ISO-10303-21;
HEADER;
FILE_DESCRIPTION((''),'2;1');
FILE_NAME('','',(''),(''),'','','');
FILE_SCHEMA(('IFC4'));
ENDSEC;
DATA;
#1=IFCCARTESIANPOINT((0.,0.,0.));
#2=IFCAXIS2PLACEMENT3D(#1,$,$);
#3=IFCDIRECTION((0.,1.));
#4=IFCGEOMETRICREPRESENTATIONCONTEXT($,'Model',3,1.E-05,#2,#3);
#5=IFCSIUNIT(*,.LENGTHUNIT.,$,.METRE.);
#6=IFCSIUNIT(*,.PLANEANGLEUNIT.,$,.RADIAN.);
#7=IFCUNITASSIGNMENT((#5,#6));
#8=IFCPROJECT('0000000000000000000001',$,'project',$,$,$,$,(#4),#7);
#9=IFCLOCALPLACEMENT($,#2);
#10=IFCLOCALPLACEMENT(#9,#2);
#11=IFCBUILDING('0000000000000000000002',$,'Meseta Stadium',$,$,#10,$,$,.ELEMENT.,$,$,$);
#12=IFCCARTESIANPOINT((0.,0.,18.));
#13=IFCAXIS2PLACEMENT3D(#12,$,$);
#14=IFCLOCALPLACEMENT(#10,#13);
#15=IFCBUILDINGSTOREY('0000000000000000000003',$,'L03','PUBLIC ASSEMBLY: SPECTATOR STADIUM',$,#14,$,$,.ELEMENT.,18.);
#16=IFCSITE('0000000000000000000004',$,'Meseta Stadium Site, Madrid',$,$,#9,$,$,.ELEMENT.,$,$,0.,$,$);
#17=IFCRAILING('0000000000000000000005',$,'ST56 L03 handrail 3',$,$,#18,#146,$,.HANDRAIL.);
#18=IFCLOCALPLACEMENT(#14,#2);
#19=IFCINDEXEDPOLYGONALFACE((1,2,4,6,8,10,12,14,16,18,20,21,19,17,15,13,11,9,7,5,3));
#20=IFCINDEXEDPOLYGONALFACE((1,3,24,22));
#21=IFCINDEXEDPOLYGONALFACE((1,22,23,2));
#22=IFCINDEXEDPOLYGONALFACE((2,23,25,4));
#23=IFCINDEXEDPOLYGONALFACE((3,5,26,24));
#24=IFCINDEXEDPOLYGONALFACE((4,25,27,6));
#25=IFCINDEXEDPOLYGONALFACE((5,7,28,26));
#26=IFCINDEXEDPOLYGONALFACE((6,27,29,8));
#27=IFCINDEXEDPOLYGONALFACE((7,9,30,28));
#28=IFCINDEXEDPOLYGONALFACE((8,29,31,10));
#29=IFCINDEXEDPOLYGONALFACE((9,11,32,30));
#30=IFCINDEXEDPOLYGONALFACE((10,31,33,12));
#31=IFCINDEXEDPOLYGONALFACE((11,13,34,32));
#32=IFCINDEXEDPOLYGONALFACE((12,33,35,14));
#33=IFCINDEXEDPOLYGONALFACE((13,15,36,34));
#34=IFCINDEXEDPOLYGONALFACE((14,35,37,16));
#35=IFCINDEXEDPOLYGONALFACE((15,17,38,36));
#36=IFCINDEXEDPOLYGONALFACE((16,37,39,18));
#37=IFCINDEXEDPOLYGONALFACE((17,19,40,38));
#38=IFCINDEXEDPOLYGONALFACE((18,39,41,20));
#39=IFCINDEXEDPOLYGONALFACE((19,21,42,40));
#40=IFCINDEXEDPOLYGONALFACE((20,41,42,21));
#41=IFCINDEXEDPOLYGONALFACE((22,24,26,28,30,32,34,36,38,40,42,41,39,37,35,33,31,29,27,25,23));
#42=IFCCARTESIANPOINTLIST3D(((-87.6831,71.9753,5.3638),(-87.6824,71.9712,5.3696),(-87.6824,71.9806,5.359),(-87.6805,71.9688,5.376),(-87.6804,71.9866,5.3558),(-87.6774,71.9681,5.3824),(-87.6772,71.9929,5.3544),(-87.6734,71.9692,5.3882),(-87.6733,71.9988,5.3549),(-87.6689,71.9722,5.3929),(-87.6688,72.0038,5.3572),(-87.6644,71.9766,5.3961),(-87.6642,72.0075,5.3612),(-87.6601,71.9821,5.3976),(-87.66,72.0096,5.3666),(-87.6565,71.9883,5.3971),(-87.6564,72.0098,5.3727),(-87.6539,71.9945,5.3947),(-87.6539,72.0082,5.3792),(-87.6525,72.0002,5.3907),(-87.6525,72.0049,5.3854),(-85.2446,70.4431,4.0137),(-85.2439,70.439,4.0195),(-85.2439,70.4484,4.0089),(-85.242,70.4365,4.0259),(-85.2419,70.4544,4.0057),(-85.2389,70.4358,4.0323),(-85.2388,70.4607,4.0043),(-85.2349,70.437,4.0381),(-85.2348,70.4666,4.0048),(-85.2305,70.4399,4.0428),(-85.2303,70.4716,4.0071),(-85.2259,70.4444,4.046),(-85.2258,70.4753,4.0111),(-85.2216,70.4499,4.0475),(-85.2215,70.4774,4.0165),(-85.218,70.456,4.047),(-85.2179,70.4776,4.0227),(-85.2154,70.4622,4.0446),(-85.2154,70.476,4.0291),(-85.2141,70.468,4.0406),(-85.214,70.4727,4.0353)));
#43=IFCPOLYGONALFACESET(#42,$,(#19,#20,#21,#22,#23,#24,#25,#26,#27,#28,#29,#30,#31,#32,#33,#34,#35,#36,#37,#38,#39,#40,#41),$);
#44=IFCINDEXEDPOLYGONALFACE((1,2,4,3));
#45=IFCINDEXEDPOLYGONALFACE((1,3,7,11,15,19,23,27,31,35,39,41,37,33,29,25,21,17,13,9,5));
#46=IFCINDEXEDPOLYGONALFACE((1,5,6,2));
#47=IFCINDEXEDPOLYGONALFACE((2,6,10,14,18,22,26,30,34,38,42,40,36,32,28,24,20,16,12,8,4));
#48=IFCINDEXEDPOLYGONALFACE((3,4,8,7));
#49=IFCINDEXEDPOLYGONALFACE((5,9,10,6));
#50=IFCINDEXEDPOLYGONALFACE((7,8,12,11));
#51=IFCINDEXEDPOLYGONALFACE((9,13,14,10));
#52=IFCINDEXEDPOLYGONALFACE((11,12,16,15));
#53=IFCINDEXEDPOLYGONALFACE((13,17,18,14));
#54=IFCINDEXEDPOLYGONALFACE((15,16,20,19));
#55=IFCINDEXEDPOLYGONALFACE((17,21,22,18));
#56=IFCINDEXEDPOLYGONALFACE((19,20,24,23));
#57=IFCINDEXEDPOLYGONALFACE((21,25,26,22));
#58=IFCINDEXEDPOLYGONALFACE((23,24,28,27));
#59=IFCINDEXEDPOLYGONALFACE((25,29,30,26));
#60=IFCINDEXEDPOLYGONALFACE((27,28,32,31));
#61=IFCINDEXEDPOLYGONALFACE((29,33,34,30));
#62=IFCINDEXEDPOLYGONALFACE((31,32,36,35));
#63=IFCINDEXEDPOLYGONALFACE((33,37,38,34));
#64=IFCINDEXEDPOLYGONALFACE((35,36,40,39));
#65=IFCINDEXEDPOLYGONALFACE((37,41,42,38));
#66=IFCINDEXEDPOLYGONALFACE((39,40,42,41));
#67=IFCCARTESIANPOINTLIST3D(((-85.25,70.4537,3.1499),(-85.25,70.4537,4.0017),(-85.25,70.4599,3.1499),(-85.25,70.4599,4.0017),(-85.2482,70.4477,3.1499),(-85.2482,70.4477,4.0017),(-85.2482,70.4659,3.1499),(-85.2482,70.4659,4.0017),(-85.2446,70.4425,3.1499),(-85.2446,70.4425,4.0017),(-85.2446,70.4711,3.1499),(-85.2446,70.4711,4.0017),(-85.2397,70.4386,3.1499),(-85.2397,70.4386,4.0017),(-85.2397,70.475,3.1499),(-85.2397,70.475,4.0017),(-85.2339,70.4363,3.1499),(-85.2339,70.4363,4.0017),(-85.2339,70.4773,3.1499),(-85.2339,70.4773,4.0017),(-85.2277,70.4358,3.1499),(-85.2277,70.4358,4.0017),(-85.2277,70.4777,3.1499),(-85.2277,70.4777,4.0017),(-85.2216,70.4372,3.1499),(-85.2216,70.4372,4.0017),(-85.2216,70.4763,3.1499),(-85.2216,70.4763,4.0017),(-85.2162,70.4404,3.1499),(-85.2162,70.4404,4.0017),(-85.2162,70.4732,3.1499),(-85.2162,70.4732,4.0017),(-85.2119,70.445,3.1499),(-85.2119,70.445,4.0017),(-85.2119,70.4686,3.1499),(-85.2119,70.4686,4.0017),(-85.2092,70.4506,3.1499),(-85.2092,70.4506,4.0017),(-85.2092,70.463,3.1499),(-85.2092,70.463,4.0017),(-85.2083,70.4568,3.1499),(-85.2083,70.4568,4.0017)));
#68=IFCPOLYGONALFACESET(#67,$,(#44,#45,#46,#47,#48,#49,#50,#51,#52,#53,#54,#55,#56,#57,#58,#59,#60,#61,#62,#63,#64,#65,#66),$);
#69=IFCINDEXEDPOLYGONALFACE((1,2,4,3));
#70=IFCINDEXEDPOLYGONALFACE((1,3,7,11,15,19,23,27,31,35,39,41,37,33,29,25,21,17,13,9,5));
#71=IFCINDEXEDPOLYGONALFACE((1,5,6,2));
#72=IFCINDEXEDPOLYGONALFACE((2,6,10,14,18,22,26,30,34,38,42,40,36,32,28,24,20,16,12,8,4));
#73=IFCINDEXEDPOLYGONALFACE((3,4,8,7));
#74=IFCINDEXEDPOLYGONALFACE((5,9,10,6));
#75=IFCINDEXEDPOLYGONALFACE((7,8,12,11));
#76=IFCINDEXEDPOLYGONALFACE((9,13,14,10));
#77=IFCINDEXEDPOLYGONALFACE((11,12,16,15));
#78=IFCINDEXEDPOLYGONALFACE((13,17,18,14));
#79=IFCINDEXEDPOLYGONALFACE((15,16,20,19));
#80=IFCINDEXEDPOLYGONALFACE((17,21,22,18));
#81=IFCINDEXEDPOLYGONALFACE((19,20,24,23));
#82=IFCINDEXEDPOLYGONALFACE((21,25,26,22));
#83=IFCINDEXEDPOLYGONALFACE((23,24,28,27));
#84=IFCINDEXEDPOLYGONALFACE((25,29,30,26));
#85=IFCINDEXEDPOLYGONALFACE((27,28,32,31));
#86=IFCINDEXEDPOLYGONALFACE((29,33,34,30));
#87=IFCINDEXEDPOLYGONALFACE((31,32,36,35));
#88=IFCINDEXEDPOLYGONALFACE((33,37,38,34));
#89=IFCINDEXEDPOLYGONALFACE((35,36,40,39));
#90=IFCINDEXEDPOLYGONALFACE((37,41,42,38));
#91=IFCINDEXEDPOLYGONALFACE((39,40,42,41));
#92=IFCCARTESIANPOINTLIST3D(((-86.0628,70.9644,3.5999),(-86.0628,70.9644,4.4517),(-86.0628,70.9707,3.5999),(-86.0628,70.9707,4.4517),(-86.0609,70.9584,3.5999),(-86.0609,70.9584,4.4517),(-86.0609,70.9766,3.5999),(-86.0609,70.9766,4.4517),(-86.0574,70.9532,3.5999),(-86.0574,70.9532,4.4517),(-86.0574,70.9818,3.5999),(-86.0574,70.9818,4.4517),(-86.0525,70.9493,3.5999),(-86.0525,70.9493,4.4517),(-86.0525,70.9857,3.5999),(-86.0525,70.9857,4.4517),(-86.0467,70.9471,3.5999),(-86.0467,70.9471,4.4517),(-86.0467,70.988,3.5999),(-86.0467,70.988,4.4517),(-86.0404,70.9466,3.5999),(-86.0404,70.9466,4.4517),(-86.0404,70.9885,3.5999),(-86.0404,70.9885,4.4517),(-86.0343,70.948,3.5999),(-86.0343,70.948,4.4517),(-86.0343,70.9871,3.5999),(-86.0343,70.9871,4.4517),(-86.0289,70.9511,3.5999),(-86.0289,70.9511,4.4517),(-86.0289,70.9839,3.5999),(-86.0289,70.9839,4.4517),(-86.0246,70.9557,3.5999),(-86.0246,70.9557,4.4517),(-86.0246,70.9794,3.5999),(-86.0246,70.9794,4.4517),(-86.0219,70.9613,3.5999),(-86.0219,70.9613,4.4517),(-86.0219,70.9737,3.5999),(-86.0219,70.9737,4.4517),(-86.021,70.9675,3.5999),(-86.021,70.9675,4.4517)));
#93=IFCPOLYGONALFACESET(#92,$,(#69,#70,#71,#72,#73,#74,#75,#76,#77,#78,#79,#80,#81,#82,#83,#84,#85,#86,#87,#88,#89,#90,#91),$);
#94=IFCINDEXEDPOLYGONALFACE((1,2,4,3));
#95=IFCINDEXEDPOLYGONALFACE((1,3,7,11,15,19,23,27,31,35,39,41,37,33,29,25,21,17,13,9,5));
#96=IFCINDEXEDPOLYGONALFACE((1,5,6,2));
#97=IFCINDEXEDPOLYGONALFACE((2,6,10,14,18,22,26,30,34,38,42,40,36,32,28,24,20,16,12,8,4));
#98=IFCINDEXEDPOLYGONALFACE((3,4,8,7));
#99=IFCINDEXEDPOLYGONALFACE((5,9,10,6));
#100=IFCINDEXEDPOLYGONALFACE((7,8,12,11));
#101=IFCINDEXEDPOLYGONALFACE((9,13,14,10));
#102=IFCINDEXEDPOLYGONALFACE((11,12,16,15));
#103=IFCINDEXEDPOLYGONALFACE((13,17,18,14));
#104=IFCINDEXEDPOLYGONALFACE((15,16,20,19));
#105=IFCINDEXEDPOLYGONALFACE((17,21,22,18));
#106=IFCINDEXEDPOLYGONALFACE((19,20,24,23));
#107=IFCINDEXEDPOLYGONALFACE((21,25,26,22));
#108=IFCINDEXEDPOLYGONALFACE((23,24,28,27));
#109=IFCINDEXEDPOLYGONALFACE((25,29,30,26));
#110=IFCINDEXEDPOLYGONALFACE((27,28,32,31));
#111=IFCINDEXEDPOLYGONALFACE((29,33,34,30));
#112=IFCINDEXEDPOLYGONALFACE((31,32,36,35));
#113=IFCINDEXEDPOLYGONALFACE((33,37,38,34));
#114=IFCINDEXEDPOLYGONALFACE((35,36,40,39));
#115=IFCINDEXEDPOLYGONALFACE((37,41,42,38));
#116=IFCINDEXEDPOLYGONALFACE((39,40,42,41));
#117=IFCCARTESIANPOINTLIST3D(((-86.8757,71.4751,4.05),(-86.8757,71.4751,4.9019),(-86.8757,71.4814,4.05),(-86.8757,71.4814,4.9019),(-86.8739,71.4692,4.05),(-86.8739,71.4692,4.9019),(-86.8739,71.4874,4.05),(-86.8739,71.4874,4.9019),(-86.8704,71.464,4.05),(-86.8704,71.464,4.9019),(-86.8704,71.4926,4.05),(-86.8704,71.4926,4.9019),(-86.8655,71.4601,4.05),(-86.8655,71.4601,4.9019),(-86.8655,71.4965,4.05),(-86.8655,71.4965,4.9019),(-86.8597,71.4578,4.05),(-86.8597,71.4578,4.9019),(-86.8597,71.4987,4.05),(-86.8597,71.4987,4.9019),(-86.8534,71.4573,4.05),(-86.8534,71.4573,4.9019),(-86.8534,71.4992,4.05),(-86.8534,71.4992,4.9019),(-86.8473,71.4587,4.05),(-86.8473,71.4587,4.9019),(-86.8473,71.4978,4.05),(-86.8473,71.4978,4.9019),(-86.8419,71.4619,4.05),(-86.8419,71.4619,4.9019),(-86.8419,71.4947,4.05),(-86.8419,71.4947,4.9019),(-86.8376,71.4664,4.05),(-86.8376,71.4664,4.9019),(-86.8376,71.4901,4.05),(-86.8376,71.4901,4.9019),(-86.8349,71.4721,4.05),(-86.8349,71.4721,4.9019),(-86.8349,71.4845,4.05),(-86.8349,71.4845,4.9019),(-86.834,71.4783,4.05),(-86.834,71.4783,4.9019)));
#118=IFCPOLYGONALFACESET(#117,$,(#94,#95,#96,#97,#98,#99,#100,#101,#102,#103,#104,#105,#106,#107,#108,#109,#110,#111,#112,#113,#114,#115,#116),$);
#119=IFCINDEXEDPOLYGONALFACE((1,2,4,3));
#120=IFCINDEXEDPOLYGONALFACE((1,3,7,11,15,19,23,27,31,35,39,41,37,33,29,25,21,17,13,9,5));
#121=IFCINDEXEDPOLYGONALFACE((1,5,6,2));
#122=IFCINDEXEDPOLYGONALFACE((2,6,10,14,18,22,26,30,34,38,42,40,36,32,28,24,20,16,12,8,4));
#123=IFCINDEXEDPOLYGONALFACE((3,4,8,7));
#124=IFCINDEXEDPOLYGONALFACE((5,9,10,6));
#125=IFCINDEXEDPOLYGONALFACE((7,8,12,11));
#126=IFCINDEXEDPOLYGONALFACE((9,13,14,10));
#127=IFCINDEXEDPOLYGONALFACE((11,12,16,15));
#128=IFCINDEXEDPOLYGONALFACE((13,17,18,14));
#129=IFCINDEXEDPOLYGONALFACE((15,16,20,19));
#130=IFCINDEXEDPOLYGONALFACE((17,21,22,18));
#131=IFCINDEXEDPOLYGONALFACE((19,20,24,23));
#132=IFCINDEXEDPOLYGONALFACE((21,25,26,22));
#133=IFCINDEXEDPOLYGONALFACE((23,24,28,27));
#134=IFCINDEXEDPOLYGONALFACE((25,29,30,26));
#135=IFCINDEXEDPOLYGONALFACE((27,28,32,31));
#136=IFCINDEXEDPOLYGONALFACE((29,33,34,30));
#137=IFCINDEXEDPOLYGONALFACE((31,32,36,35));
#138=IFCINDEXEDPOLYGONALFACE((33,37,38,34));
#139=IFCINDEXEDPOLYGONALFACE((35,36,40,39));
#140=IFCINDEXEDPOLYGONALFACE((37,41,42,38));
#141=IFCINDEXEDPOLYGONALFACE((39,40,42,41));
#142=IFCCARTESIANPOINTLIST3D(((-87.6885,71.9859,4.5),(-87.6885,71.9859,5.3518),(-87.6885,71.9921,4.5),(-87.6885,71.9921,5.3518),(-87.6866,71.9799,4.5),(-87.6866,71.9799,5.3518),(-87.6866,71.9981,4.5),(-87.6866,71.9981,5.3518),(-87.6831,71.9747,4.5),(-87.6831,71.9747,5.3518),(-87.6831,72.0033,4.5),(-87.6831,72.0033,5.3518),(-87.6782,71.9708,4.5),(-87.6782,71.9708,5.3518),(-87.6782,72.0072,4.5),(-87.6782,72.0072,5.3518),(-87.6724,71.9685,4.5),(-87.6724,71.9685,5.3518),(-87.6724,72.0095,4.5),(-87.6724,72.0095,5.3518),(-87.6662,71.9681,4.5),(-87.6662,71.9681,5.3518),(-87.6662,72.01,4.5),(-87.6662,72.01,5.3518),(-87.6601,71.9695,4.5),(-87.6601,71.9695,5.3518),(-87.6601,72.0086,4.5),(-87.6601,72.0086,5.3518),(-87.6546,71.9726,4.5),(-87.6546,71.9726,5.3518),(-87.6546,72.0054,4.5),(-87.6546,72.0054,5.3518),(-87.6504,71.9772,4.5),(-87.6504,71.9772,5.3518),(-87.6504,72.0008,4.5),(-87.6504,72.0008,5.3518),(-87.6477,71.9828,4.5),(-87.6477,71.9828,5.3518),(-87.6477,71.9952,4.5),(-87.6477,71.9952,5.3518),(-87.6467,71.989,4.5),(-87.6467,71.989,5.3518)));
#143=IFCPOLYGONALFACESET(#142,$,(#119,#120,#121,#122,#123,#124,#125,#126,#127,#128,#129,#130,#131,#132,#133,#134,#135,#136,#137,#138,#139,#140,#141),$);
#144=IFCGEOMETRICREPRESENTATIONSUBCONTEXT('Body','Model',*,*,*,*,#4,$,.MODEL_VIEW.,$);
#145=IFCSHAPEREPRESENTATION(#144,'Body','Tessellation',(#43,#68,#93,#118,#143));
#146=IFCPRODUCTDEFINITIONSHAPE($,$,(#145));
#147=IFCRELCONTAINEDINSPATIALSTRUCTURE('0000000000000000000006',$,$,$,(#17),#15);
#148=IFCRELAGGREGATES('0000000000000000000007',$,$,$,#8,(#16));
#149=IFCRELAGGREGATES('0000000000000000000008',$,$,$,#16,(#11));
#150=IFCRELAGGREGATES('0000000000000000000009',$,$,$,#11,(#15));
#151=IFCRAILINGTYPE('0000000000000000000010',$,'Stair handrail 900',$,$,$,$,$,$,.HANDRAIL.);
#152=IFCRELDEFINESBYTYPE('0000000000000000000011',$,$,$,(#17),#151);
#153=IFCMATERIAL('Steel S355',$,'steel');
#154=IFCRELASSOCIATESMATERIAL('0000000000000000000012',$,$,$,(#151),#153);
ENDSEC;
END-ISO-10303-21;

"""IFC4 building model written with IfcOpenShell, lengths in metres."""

from ifc_helpers import new_model, si_unit, direction, frame, origin, origin_2d, place, context, subcontext, project, spatial, circle, extrude, material, type_object, element, save


model = new_model("IFC4")

# Units and contexts
model_context = context("Model", 3, precision=1e-05, world=origin(), true_north=direction((0.0, 1.0)))
body_context = subcontext(model_context, "Body", "Model", "MODEL_VIEW")
ifc_project = project(units=[si_unit("LENGTHUNIT", "METRE"), si_unit("PLANEANGLEUNIT", "RADIAN")], contexts=[model_context])

# Site, building, storey
site_placement = place(None, origin())
site = spatial("IfcSite", under=ifc_project, at=site_placement, Name="Meseta Stadium Site, Madrid", CompositionType="ELEMENT", RefElevation=0.0)
building_placement = place(site_placement, origin())
building = spatial("IfcBuilding", under=site, at=building_placement, Name="Meseta Stadium", CompositionType="ELEMENT")
storey_placement = place(building_placement, frame((0.0, 0.0, 18.0)))
storey = spatial("IfcBuildingStorey", under=building, at=storey_placement, Name="L03", Description="PUBLIC ASSEMBLY: SPECTATOR STADIUM", CompositionType="ELEMENT", Elevation=18.0)

# Railing
ifc_material_1 = material(Name="Steel S355", Category="steel")
railing_type_1 = type_object("IfcRailingType", Name="Stair handrail 900", PredefinedType="HANDRAIL", material=ifc_material_1)
for number, where, name in (
    (1, (-85.2292, 70.4568, 3.1499), "ST56 L03 handrail 3"),
):
    element("IfcRailing", number, at=place(storey_placement, frame(where)), inside=storey, type_object=railing_type_1, Name=name, PredefinedType="HANDRAIL", context=body_context, shape_type="SweptSolid", body=[
        extrude(circle(Radius=0.0239, at=origin_2d()), frame((0.0, 0.0, 0.876), z_axis=(-0.766655, 0.481731, 0.42447), x_axis=(-0.53204, -0.846719, 0.0)), (0.0, 0.0, 1.0), 3.1807),
        extrude(circle(Radius=0.021, at=origin_2d()), origin(), (0.0, 0.0, 1.0), 0.8518),
        extrude(circle(Radius=0.021, at=origin_2d()), frame((-0.8127, 0.5107, 0.45)), (0.0, 0.0, 1.0), 0.8518),
        extrude(circle(Radius=0.021, at=origin_2d()), frame((-1.6257, 1.0215, 0.9001)), (0.0, 0.0, 1.0), 0.8518),
        extrude(circle(Radius=0.021, at=origin_2d()), frame((-2.4385, 1.5322, 1.3501)), (0.0, 0.0, 1.0), 0.8518),
    ])

save(model, "model.ifc")
